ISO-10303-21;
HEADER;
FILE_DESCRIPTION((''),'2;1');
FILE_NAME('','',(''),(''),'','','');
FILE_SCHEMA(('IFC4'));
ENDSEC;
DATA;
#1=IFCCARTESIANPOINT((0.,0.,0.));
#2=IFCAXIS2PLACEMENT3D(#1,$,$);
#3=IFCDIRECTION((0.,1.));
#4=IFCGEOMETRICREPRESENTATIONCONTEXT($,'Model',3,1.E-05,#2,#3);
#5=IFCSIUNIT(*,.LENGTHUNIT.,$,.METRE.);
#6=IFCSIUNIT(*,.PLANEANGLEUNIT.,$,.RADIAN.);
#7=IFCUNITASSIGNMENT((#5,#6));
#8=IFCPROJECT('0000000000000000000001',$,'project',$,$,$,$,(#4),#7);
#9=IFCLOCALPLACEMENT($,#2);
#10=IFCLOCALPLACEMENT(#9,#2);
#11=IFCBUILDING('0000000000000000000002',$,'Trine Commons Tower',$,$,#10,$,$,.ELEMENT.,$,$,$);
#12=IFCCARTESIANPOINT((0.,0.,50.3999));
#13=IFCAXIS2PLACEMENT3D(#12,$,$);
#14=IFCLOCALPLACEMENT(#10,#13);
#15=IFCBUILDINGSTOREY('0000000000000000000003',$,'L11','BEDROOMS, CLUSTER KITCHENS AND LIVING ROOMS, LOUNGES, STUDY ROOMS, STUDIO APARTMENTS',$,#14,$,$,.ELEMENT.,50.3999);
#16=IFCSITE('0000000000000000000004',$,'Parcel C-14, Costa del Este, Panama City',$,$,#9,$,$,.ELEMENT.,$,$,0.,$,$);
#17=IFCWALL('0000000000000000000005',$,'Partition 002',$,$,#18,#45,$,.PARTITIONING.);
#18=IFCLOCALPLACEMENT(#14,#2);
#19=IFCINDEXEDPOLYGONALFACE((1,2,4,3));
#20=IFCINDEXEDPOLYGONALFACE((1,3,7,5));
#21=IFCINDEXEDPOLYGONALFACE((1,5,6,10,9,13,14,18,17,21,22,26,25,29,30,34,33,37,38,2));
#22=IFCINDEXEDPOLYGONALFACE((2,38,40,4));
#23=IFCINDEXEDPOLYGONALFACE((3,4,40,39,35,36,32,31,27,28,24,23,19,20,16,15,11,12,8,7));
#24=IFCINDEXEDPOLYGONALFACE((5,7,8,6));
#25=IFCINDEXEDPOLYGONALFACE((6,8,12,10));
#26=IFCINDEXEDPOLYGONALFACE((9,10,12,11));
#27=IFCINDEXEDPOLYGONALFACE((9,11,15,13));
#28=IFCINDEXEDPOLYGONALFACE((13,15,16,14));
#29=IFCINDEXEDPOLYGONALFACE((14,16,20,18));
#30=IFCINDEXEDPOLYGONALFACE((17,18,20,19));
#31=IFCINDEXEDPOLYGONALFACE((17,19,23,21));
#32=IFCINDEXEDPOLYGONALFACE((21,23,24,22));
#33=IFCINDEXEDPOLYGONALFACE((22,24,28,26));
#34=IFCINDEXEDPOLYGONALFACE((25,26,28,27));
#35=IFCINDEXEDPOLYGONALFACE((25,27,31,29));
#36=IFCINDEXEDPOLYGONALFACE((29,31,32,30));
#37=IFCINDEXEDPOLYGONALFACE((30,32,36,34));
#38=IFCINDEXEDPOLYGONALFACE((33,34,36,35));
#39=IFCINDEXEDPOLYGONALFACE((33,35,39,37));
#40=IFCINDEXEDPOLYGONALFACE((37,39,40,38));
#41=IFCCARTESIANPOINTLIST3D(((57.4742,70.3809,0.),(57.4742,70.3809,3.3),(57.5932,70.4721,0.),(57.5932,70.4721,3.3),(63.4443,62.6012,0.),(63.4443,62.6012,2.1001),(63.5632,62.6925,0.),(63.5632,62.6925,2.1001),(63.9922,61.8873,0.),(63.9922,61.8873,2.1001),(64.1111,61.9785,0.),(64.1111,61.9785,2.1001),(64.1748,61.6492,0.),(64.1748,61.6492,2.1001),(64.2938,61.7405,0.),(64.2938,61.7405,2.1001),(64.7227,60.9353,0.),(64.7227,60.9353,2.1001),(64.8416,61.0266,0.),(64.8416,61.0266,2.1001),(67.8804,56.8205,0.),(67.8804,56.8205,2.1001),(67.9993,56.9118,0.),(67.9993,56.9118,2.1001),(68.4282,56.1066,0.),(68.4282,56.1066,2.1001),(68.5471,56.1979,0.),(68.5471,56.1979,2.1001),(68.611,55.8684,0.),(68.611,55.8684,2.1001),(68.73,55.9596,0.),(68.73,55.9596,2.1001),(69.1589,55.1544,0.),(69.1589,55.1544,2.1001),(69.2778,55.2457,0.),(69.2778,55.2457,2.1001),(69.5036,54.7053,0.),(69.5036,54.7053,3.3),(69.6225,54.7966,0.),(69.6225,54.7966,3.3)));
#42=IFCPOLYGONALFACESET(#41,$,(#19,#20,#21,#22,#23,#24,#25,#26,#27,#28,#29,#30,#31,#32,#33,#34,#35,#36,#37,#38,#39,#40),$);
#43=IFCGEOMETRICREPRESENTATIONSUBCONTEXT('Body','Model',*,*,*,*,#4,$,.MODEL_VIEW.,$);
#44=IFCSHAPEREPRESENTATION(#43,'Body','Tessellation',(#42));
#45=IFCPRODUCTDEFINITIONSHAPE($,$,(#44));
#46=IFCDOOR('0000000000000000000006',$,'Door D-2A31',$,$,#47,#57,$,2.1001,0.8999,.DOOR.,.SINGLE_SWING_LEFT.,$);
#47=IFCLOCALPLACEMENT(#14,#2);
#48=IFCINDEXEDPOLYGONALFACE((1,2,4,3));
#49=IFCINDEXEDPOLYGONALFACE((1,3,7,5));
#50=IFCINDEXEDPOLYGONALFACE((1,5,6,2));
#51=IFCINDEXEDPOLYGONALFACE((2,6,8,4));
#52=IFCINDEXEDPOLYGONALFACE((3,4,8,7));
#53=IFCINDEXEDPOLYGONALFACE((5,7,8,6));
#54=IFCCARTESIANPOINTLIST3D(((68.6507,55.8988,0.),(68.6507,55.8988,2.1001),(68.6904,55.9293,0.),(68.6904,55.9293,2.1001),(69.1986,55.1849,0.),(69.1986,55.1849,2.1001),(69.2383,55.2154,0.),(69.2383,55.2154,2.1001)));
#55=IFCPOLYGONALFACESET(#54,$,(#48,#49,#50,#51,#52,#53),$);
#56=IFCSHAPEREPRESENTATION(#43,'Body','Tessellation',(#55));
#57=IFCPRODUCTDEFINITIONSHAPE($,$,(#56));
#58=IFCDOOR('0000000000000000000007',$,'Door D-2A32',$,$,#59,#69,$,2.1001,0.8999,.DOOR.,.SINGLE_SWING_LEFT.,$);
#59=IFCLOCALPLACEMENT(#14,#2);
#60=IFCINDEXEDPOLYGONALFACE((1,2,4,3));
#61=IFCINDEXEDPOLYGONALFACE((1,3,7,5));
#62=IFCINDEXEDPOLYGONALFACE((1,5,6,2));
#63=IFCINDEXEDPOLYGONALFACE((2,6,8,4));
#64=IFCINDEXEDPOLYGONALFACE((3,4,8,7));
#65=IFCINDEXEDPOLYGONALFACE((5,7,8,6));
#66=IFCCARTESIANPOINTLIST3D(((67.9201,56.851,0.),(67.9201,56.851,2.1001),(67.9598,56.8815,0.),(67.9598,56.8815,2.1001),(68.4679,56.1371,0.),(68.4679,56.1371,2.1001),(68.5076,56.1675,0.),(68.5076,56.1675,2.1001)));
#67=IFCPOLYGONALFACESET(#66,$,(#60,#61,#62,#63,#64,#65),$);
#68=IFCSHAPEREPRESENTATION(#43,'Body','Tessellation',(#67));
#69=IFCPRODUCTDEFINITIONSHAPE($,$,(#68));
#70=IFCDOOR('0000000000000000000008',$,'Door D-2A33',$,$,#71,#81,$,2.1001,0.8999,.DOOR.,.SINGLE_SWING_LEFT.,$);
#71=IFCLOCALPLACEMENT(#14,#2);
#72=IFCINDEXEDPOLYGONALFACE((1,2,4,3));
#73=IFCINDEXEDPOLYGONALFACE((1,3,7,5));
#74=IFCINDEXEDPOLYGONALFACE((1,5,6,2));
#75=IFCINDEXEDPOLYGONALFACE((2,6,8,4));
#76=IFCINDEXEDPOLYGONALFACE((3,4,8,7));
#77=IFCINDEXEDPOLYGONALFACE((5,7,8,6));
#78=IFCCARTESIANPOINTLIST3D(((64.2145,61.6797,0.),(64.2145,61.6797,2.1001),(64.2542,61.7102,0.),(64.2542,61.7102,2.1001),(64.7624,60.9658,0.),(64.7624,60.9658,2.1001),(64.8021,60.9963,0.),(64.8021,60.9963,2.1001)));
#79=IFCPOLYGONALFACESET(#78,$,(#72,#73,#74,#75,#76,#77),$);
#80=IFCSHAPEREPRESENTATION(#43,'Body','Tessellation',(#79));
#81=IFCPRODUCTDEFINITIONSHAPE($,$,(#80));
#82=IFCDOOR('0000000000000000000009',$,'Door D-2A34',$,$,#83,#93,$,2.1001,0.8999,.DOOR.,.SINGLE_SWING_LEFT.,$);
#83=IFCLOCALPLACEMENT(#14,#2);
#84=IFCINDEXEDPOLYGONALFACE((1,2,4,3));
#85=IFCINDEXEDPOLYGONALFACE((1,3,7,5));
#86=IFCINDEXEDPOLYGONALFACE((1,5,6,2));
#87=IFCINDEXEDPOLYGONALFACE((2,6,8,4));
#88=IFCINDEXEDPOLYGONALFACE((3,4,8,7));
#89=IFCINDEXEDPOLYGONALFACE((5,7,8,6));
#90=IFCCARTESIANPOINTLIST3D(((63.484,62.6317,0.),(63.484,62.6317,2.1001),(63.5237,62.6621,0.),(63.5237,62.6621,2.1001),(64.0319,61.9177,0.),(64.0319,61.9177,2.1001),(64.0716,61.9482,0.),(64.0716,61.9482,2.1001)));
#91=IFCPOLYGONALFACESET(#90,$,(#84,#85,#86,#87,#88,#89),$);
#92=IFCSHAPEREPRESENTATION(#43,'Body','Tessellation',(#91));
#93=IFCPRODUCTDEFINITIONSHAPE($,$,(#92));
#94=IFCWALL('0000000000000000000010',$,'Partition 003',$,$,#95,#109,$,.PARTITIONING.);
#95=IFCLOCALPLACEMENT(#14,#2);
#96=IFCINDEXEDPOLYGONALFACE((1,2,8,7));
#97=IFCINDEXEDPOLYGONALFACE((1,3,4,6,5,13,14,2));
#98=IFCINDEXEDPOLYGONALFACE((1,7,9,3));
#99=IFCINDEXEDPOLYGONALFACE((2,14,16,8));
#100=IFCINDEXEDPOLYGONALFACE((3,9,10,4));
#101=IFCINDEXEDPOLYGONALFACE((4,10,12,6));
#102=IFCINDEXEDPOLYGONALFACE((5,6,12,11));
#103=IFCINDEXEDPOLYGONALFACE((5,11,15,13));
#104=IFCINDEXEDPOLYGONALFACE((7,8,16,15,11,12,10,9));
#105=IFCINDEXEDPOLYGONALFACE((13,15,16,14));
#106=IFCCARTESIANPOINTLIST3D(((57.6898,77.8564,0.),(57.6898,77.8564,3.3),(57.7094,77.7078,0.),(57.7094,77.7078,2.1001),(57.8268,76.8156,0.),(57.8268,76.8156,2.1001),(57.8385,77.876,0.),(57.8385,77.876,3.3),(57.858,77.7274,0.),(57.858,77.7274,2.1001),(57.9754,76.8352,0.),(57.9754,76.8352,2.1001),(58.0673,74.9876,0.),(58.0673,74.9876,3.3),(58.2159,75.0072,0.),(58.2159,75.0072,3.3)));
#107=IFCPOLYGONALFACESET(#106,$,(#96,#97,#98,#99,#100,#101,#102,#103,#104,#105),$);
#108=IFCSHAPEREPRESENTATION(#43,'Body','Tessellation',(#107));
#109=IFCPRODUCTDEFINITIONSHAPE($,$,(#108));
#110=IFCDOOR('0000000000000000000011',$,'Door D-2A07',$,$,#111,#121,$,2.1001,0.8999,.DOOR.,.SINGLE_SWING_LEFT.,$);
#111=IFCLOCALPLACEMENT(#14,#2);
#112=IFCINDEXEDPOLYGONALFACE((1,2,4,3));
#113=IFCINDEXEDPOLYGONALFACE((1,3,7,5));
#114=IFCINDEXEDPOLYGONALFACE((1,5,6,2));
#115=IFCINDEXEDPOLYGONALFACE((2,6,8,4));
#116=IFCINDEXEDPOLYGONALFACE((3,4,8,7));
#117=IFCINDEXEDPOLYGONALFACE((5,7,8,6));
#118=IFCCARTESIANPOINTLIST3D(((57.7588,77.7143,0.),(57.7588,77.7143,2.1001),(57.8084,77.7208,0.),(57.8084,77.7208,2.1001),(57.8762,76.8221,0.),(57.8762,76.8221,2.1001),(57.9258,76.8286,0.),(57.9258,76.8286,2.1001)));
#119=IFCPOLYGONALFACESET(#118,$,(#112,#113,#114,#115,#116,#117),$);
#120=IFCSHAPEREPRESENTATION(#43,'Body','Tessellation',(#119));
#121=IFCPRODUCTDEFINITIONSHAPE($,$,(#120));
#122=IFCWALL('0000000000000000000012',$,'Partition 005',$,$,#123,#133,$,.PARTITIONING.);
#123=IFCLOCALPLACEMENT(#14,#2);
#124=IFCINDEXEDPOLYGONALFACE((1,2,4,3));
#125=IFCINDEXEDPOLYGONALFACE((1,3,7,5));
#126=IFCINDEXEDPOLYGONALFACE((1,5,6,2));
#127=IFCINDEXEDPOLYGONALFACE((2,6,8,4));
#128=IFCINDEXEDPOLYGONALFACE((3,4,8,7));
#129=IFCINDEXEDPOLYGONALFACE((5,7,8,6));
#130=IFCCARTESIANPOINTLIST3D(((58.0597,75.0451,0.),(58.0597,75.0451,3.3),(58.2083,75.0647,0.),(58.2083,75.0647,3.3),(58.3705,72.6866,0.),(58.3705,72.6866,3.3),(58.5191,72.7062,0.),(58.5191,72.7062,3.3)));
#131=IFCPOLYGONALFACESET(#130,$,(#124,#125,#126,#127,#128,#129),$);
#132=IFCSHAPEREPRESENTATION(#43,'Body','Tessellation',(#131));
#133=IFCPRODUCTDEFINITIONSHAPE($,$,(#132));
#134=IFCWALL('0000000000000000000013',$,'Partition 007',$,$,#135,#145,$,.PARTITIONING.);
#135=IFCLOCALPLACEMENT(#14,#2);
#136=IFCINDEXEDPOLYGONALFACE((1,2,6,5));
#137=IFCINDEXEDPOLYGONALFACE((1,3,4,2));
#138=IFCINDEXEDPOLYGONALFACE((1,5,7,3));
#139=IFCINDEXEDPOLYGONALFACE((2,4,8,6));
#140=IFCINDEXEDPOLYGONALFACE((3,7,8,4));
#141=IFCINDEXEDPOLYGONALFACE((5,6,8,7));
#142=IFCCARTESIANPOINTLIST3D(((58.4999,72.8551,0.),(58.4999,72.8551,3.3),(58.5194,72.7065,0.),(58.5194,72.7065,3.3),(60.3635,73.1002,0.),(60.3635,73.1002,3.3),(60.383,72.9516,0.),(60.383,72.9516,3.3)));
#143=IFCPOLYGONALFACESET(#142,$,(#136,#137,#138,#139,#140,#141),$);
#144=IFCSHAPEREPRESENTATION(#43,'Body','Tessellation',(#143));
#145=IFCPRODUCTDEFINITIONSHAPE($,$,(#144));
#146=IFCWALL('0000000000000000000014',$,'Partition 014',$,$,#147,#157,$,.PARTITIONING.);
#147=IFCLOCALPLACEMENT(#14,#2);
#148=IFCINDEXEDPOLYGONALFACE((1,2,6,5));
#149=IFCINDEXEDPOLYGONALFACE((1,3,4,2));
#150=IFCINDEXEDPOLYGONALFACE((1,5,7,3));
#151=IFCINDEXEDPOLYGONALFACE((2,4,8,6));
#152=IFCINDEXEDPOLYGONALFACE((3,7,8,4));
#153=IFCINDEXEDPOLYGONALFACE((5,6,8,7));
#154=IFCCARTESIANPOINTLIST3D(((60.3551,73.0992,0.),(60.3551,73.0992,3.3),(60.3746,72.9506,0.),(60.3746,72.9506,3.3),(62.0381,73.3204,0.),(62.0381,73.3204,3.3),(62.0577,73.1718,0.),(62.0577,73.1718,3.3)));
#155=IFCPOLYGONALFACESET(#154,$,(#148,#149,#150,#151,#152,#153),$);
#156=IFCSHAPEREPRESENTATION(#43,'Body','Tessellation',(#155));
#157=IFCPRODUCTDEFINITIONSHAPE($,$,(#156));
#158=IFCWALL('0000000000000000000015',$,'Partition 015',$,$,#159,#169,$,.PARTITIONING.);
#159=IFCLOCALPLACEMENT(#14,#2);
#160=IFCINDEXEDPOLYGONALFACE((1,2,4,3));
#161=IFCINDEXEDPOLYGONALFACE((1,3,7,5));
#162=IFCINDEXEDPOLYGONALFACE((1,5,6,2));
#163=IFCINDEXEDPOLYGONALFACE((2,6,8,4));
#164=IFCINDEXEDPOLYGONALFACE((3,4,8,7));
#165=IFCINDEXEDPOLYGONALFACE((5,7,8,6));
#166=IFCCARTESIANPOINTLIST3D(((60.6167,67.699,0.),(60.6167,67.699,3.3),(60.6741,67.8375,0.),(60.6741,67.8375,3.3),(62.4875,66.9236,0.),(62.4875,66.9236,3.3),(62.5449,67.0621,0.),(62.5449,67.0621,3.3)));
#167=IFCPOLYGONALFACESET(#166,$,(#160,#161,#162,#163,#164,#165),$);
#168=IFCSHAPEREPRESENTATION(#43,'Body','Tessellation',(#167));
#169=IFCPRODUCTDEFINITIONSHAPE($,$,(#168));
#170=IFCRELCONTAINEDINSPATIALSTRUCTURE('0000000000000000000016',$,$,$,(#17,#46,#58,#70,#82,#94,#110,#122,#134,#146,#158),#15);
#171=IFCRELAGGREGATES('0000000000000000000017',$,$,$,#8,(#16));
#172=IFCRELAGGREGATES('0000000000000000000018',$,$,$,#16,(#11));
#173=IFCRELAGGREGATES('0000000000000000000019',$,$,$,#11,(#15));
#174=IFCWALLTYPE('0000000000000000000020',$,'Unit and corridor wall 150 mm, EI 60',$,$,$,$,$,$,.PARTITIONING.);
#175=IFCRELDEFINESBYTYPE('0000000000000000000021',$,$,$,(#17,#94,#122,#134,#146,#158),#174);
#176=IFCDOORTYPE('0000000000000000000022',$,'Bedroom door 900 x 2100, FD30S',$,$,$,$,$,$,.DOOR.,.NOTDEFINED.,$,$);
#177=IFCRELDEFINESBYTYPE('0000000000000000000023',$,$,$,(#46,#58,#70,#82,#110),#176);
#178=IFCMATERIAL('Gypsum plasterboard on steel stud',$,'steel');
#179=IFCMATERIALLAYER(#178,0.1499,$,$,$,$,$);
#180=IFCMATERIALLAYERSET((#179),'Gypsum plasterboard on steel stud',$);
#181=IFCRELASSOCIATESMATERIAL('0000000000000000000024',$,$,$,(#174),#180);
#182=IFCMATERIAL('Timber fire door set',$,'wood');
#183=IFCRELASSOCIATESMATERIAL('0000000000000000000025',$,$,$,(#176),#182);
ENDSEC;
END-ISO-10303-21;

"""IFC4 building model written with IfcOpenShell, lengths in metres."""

from ifc_helpers import new_model, si_unit, direction, frame, frame_2d, origin, place, context, subcontext, project, spatial, rectangle, extrude, material, layer, layer_set, type_object, element, fill, save


model = new_model("IFC4")

# Units and contexts
model_context = context("Model", 3, precision=1e-05, world=origin(), true_north=direction((0.0, 1.0)))
body_context = subcontext(model_context, "Body", "Model", "MODEL_VIEW")
ifc_project = project(units=[si_unit("LENGTHUNIT", "METRE"), si_unit("PLANEANGLEUNIT", "RADIAN")], contexts=[model_context])

# Site, building, storey
site_placement = place(None, origin())
site = spatial("IfcSite", under=ifc_project, at=site_placement, Name="Parcel C-14, Costa del Este, Panama City", CompositionType="ELEMENT", RefElevation=0.0)
building_placement = place(site_placement, origin())
building = spatial("IfcBuilding", under=site, at=building_placement, Name="Trine Commons Tower", CompositionType="ELEMENT")
storey_placement = place(building_placement, frame((0.0, 0.0, 50.3999)))
storey = spatial("IfcBuildingStorey", under=building, at=storey_placement, Name="L11", Description="BEDROOMS, CLUSTER KITCHENS AND LIVING ROOMS, LOUNGES, STUDY ROOMS, STUDIO APARTMENTS", CompositionType="ELEMENT", Elevation=50.3999)

# Wall, openings, doors
ifc_material_1 = material(Name="Gypsum plasterboard on steel stud", Category="steel")
ifc_layer_1 = layer(ifc_material_1, 0.1499)
ifc_layer_set_1 = layer_set([ifc_layer_1], Name="Gypsum plasterboard on steel stud")
wall_type_1 = type_object("IfcWallType", Name="Unit and corridor wall 150 mm, EI 60", PredefinedType="PARTITIONING", material=ifc_layer_set_1)
wall_1_placement = place(storey_placement, frame((57.5337, 70.4265, 0.0), z_axis=(0.0, 0.0, 1.0), x_axis=(0.608794, -0.793328, 0.0)))
wall_1 = element("IfcWall", 1, at=wall_1_placement, inside=storey, type_object=wall_type_1, Name="Partition 002", PredefinedType="PARTITIONING", context=body_context, shape_type="SweptSolid", body=[
    extrude(rectangle(XDim=19.7593, YDim=0.1499, at=frame_2d((9.8796, 0.0))), origin(), (0.0, 0.0, 1.0), 3.3),
])
opening_1_placement = place(wall_1_placement, frame((18.2932, 0.0, 0.0)))
opening_1 = element("IfcOpeningElement", 2, at=opening_1_placement, cuts=wall_1, PredefinedType="OPENING", context=body_context, shape_type="SweptSolid", body=[
    extrude(rectangle(XDim=0.8999, YDim=2.1001, at=frame_2d((0.45, 1.05))), frame((0.0, 0.085, 0.0), z_axis=(0.0, -1.0, 0.0), x_axis=(1.0, 0.0, 0.0)), (0.0, 0.0, 1.0), 0.1699),
])
opening_2_placement = place(wall_1_placement, frame((17.093, 0.0, 0.0)))
opening_2 = element("IfcOpeningElement", 3, at=opening_2_placement, cuts=wall_1, PredefinedType="OPENING", context=body_context, shape_type="SweptSolid", body=[
    extrude(rectangle(XDim=0.8999, YDim=2.1001, at=frame_2d((0.45, 1.05))), frame((0.0, 0.085, 0.0), z_axis=(0.0, -1.0, 0.0), x_axis=(1.0, 0.0, 0.0)), (0.0, 0.0, 1.0), 0.1699),
])
opening_3_placement = place(wall_1_placement, frame((11.0063, 0.0, 0.0)))
opening_3 = element("IfcOpeningElement", 4, at=opening_3_placement, cuts=wall_1, PredefinedType="OPENING", context=body_context, shape_type="SweptSolid", body=[
    extrude(rectangle(XDim=0.8999, YDim=2.1001, at=frame_2d((0.45, 1.05))), frame((0.0, 0.085, 0.0), z_axis=(0.0, -1.0, 0.0), x_axis=(1.0, 0.0, 0.0)), (0.0, 0.0, 1.0), 0.1699),
])
opening_4_placement = place(wall_1_placement, frame((9.8064, 0.0, 0.0)))
opening_4 = element("IfcOpeningElement", 5, at=opening_4_placement, cuts=wall_1, PredefinedType="OPENING", context=body_context, shape_type="SweptSolid", body=[
    extrude(rectangle(XDim=0.8999, YDim=2.1001, at=frame_2d((0.45, 1.05))), frame((0.0, 0.085, 0.0), z_axis=(0.0, -1.0, 0.0), x_axis=(1.0, 0.0, 0.0)), (0.0, 0.0, 1.0), 0.1699),
])
ifc_material_2 = material(Name="Timber fire door set", Category="wood")
door_type_1 = type_object("IfcDoorType", Name="Bedroom door 900 x 2100, FD30S", OperationType="NOTDEFINED", PredefinedType="DOOR", material=ifc_material_2)
door_1_placement = place(opening_1_placement, frame((0.8999, 0.0, 0.0), z_axis=(0.0, 0.0, 1.0), x_axis=(-1.0, 0.0, 0.0)))
door_1 = element("IfcDoor", 6, at=door_1_placement, inside=storey, type_object=door_type_1, Name="Door D-2A31", OperationType="SINGLE_SWING_LEFT", OverallHeight=2.1001, OverallWidth=0.8999, PredefinedType="DOOR", context=body_context, shape_type="SweptSolid", body=[
    extrude(rectangle(XDim=0.8999, YDim=2.1001, at=frame_2d((0.45, 1.05))), frame((0.0, 0.0249, 0.0), z_axis=(0.0, -1.0, 0.0), x_axis=(1.0, 0.0, 0.0)), (0.0, 0.0, 1.0), 0.05),
])
fill(opening_1, door_1)
door_2_placement = place(opening_2_placement, frame((0.8999, 0.0, 0.0), z_axis=(0.0, 0.0, 1.0), x_axis=(-1.0, 0.0, 0.0)))
door_2 = element("IfcDoor", 7, at=door_2_placement, inside=storey, type_object=door_type_1, Name="Door D-2A32", OperationType="SINGLE_SWING_LEFT", OverallHeight=2.1001, OverallWidth=0.8999, PredefinedType="DOOR", context=body_context, shape_type="SweptSolid", body=[
    extrude(rectangle(XDim=0.8999, YDim=2.1001, at=frame_2d((0.45, 1.05))), frame((0.0, 0.0249, 0.0), z_axis=(0.0, -1.0, 0.0), x_axis=(1.0, 0.0, 0.0)), (0.0, 0.0, 1.0), 0.05),
])
fill(opening_2, door_2)
door_3_placement = place(opening_3_placement, frame((0.8999, 0.0, 0.0), z_axis=(0.0, 0.0, 1.0), x_axis=(-1.0, 0.0, 0.0)))
door_3 = element("IfcDoor", 8, at=door_3_placement, inside=storey, type_object=door_type_1, Name="Door D-2A33", OperationType="SINGLE_SWING_LEFT", OverallHeight=2.1001, OverallWidth=0.8999, PredefinedType="DOOR", context=body_context, shape_type="SweptSolid", body=[
    extrude(rectangle(XDim=0.8999, YDim=2.1001, at=frame_2d((0.45, 1.05))), frame((0.0, 0.0249, 0.0), z_axis=(0.0, -1.0, 0.0), x_axis=(1.0, 0.0, 0.0)), (0.0, 0.0, 1.0), 0.05),
])
fill(opening_3, door_3)
door_4_placement = place(opening_4_placement, frame((0.8999, 0.0, 0.0), z_axis=(0.0, 0.0, 1.0), x_axis=(-1.0, 0.0, 0.0)))
door_4 = element("IfcDoor", 9, at=door_4_placement, inside=storey, type_object=door_type_1, Name="Door D-2A34", OperationType="SINGLE_SWING_LEFT", OverallHeight=2.1001, OverallWidth=0.8999, PredefinedType="DOOR", context=body_context, shape_type="SweptSolid", body=[
    extrude(rectangle(XDim=0.8999, YDim=2.1001, at=frame_2d((0.45, 1.05))), frame((0.0, 0.0249, 0.0), z_axis=(0.0, -1.0, 0.0), x_axis=(1.0, 0.0, 0.0)), (0.0, 0.0, 1.0), 0.05),
])
fill(opening_4, door_4)

# Wall, opening, door
wall_2_placement = place(storey_placement, frame((57.7642, 77.8662, 0.0), z_axis=(0.0, 0.0, 1.0), x_axis=(0.130439, -0.991456, 0.0)))
wall_2 = element("IfcWall", 10, at=wall_2_placement, inside=storey, type_object=wall_type_1, Name="Partition 003", PredefinedType="PARTITIONING", context=body_context, shape_type="SweptSolid", body=[
    extrude(rectangle(XDim=2.8936, YDim=0.1499, at=frame_2d((1.4468, 0.0))), origin(), (0.0, 0.0, 1.0), 3.3),
])
opening_5_placement = place(wall_2_placement, frame((0.1499, 0.0, 0.0)))
opening_5 = element("IfcOpeningElement", 11, at=opening_5_placement, cuts=wall_2, PredefinedType="OPENING", context=body_context, shape_type="SweptSolid", body=[
    extrude(rectangle(XDim=0.8999, YDim=2.1001, at=frame_2d((0.45, 1.05))), frame((0.0, 0.085, 0.0), z_axis=(0.0, -1.0, 0.0), x_axis=(1.0, 0.0, 0.0)), (0.0, 0.0, 1.0), 0.1699),
])
door_5_placement = place(opening_5_placement, origin())
door_5 = element("IfcDoor", 12, at=door_5_placement, inside=storey, type_object=door_type_1, Name="Door D-2A07", OperationType="SINGLE_SWING_LEFT", OverallHeight=2.1001, OverallWidth=0.8999, PredefinedType="DOOR", context=body_context, shape_type="SweptSolid", body=[
    extrude(rectangle(XDim=0.8999, YDim=2.1001, at=frame_2d((0.45, 1.05))), frame((0.0, 0.0249, 0.0), z_axis=(0.0, -1.0, 0.0), x_axis=(1.0, 0.0, 0.0)), (0.0, 0.0, 1.0), 0.05),
])
fill(opening_5, door_5)

# Walls
wall_3_placement = place(storey_placement, frame((58.134, 75.0549, 0.0), z_axis=(0.0, 0.0, 1.0), x_axis=(0.130651, -0.991428, 0.0)))
element("IfcWall", 13, at=wall_3_placement, inside=storey, type_object=wall_type_1, Name="Partition 005", PredefinedType="PARTITIONING", context=body_context, shape_type="SweptSolid", body=[
    extrude(rectangle(XDim=2.3789, YDim=0.1499, at=frame_2d((1.1895, 0.0))), origin(), (0.0, 0.0, 1.0), 3.3),
])
wall_4_placement = place(storey_placement, frame((58.5095, 72.7808, 0.0), z_axis=(0.0, 0.0, 1.0), x_axis=(0.99146, 0.130411, 0.0)))
element("IfcWall", 14, at=wall_4_placement, inside=storey, type_object=wall_type_1, Name="Partition 007", PredefinedType="PARTITIONING", context=body_context, shape_type="SweptSolid", body=[
    extrude(rectangle(XDim=1.8796, YDim=0.1499, at=frame_2d((0.9399, 0.0))), origin(), (0.0, 0.0, 1.0), 3.3),
])
wall_5_placement = place(storey_placement, frame((60.365, 73.0249, 0.0), z_axis=(0.0, 0.0, 1.0), x_axis=(0.991475, 0.130298, 0.0)))
element("IfcWall", 15, at=wall_5_placement, inside=storey, type_object=wall_type_1, Name="Partition 014", PredefinedType="PARTITIONING", context=body_context, shape_type="SweptSolid", body=[
    extrude(rectangle(XDim=1.6975, YDim=0.1499, at=frame_2d((0.8486, 0.0))), origin(), (0.0, 0.0, 1.0), 3.3),
])
wall_6_placement = place(storey_placement, frame((60.6453, 67.7683, 0.0), z_axis=(0.0, 0.0, 1.0), x_axis=(0.923799, -0.382877, 0.0)))
element("IfcWall", 16, at=wall_6_placement, inside=storey, type_object=wall_type_1, Name="Partition 015", PredefinedType="PARTITIONING", context=body_context, shape_type="SweptSolid", body=[
    extrude(rectangle(XDim=2.0251, YDim=0.1499, at=frame_2d((1.0127, 0.0))), origin(), (0.0, 0.0, 1.0), 3.3),
])

save(model, "model.ifc")
